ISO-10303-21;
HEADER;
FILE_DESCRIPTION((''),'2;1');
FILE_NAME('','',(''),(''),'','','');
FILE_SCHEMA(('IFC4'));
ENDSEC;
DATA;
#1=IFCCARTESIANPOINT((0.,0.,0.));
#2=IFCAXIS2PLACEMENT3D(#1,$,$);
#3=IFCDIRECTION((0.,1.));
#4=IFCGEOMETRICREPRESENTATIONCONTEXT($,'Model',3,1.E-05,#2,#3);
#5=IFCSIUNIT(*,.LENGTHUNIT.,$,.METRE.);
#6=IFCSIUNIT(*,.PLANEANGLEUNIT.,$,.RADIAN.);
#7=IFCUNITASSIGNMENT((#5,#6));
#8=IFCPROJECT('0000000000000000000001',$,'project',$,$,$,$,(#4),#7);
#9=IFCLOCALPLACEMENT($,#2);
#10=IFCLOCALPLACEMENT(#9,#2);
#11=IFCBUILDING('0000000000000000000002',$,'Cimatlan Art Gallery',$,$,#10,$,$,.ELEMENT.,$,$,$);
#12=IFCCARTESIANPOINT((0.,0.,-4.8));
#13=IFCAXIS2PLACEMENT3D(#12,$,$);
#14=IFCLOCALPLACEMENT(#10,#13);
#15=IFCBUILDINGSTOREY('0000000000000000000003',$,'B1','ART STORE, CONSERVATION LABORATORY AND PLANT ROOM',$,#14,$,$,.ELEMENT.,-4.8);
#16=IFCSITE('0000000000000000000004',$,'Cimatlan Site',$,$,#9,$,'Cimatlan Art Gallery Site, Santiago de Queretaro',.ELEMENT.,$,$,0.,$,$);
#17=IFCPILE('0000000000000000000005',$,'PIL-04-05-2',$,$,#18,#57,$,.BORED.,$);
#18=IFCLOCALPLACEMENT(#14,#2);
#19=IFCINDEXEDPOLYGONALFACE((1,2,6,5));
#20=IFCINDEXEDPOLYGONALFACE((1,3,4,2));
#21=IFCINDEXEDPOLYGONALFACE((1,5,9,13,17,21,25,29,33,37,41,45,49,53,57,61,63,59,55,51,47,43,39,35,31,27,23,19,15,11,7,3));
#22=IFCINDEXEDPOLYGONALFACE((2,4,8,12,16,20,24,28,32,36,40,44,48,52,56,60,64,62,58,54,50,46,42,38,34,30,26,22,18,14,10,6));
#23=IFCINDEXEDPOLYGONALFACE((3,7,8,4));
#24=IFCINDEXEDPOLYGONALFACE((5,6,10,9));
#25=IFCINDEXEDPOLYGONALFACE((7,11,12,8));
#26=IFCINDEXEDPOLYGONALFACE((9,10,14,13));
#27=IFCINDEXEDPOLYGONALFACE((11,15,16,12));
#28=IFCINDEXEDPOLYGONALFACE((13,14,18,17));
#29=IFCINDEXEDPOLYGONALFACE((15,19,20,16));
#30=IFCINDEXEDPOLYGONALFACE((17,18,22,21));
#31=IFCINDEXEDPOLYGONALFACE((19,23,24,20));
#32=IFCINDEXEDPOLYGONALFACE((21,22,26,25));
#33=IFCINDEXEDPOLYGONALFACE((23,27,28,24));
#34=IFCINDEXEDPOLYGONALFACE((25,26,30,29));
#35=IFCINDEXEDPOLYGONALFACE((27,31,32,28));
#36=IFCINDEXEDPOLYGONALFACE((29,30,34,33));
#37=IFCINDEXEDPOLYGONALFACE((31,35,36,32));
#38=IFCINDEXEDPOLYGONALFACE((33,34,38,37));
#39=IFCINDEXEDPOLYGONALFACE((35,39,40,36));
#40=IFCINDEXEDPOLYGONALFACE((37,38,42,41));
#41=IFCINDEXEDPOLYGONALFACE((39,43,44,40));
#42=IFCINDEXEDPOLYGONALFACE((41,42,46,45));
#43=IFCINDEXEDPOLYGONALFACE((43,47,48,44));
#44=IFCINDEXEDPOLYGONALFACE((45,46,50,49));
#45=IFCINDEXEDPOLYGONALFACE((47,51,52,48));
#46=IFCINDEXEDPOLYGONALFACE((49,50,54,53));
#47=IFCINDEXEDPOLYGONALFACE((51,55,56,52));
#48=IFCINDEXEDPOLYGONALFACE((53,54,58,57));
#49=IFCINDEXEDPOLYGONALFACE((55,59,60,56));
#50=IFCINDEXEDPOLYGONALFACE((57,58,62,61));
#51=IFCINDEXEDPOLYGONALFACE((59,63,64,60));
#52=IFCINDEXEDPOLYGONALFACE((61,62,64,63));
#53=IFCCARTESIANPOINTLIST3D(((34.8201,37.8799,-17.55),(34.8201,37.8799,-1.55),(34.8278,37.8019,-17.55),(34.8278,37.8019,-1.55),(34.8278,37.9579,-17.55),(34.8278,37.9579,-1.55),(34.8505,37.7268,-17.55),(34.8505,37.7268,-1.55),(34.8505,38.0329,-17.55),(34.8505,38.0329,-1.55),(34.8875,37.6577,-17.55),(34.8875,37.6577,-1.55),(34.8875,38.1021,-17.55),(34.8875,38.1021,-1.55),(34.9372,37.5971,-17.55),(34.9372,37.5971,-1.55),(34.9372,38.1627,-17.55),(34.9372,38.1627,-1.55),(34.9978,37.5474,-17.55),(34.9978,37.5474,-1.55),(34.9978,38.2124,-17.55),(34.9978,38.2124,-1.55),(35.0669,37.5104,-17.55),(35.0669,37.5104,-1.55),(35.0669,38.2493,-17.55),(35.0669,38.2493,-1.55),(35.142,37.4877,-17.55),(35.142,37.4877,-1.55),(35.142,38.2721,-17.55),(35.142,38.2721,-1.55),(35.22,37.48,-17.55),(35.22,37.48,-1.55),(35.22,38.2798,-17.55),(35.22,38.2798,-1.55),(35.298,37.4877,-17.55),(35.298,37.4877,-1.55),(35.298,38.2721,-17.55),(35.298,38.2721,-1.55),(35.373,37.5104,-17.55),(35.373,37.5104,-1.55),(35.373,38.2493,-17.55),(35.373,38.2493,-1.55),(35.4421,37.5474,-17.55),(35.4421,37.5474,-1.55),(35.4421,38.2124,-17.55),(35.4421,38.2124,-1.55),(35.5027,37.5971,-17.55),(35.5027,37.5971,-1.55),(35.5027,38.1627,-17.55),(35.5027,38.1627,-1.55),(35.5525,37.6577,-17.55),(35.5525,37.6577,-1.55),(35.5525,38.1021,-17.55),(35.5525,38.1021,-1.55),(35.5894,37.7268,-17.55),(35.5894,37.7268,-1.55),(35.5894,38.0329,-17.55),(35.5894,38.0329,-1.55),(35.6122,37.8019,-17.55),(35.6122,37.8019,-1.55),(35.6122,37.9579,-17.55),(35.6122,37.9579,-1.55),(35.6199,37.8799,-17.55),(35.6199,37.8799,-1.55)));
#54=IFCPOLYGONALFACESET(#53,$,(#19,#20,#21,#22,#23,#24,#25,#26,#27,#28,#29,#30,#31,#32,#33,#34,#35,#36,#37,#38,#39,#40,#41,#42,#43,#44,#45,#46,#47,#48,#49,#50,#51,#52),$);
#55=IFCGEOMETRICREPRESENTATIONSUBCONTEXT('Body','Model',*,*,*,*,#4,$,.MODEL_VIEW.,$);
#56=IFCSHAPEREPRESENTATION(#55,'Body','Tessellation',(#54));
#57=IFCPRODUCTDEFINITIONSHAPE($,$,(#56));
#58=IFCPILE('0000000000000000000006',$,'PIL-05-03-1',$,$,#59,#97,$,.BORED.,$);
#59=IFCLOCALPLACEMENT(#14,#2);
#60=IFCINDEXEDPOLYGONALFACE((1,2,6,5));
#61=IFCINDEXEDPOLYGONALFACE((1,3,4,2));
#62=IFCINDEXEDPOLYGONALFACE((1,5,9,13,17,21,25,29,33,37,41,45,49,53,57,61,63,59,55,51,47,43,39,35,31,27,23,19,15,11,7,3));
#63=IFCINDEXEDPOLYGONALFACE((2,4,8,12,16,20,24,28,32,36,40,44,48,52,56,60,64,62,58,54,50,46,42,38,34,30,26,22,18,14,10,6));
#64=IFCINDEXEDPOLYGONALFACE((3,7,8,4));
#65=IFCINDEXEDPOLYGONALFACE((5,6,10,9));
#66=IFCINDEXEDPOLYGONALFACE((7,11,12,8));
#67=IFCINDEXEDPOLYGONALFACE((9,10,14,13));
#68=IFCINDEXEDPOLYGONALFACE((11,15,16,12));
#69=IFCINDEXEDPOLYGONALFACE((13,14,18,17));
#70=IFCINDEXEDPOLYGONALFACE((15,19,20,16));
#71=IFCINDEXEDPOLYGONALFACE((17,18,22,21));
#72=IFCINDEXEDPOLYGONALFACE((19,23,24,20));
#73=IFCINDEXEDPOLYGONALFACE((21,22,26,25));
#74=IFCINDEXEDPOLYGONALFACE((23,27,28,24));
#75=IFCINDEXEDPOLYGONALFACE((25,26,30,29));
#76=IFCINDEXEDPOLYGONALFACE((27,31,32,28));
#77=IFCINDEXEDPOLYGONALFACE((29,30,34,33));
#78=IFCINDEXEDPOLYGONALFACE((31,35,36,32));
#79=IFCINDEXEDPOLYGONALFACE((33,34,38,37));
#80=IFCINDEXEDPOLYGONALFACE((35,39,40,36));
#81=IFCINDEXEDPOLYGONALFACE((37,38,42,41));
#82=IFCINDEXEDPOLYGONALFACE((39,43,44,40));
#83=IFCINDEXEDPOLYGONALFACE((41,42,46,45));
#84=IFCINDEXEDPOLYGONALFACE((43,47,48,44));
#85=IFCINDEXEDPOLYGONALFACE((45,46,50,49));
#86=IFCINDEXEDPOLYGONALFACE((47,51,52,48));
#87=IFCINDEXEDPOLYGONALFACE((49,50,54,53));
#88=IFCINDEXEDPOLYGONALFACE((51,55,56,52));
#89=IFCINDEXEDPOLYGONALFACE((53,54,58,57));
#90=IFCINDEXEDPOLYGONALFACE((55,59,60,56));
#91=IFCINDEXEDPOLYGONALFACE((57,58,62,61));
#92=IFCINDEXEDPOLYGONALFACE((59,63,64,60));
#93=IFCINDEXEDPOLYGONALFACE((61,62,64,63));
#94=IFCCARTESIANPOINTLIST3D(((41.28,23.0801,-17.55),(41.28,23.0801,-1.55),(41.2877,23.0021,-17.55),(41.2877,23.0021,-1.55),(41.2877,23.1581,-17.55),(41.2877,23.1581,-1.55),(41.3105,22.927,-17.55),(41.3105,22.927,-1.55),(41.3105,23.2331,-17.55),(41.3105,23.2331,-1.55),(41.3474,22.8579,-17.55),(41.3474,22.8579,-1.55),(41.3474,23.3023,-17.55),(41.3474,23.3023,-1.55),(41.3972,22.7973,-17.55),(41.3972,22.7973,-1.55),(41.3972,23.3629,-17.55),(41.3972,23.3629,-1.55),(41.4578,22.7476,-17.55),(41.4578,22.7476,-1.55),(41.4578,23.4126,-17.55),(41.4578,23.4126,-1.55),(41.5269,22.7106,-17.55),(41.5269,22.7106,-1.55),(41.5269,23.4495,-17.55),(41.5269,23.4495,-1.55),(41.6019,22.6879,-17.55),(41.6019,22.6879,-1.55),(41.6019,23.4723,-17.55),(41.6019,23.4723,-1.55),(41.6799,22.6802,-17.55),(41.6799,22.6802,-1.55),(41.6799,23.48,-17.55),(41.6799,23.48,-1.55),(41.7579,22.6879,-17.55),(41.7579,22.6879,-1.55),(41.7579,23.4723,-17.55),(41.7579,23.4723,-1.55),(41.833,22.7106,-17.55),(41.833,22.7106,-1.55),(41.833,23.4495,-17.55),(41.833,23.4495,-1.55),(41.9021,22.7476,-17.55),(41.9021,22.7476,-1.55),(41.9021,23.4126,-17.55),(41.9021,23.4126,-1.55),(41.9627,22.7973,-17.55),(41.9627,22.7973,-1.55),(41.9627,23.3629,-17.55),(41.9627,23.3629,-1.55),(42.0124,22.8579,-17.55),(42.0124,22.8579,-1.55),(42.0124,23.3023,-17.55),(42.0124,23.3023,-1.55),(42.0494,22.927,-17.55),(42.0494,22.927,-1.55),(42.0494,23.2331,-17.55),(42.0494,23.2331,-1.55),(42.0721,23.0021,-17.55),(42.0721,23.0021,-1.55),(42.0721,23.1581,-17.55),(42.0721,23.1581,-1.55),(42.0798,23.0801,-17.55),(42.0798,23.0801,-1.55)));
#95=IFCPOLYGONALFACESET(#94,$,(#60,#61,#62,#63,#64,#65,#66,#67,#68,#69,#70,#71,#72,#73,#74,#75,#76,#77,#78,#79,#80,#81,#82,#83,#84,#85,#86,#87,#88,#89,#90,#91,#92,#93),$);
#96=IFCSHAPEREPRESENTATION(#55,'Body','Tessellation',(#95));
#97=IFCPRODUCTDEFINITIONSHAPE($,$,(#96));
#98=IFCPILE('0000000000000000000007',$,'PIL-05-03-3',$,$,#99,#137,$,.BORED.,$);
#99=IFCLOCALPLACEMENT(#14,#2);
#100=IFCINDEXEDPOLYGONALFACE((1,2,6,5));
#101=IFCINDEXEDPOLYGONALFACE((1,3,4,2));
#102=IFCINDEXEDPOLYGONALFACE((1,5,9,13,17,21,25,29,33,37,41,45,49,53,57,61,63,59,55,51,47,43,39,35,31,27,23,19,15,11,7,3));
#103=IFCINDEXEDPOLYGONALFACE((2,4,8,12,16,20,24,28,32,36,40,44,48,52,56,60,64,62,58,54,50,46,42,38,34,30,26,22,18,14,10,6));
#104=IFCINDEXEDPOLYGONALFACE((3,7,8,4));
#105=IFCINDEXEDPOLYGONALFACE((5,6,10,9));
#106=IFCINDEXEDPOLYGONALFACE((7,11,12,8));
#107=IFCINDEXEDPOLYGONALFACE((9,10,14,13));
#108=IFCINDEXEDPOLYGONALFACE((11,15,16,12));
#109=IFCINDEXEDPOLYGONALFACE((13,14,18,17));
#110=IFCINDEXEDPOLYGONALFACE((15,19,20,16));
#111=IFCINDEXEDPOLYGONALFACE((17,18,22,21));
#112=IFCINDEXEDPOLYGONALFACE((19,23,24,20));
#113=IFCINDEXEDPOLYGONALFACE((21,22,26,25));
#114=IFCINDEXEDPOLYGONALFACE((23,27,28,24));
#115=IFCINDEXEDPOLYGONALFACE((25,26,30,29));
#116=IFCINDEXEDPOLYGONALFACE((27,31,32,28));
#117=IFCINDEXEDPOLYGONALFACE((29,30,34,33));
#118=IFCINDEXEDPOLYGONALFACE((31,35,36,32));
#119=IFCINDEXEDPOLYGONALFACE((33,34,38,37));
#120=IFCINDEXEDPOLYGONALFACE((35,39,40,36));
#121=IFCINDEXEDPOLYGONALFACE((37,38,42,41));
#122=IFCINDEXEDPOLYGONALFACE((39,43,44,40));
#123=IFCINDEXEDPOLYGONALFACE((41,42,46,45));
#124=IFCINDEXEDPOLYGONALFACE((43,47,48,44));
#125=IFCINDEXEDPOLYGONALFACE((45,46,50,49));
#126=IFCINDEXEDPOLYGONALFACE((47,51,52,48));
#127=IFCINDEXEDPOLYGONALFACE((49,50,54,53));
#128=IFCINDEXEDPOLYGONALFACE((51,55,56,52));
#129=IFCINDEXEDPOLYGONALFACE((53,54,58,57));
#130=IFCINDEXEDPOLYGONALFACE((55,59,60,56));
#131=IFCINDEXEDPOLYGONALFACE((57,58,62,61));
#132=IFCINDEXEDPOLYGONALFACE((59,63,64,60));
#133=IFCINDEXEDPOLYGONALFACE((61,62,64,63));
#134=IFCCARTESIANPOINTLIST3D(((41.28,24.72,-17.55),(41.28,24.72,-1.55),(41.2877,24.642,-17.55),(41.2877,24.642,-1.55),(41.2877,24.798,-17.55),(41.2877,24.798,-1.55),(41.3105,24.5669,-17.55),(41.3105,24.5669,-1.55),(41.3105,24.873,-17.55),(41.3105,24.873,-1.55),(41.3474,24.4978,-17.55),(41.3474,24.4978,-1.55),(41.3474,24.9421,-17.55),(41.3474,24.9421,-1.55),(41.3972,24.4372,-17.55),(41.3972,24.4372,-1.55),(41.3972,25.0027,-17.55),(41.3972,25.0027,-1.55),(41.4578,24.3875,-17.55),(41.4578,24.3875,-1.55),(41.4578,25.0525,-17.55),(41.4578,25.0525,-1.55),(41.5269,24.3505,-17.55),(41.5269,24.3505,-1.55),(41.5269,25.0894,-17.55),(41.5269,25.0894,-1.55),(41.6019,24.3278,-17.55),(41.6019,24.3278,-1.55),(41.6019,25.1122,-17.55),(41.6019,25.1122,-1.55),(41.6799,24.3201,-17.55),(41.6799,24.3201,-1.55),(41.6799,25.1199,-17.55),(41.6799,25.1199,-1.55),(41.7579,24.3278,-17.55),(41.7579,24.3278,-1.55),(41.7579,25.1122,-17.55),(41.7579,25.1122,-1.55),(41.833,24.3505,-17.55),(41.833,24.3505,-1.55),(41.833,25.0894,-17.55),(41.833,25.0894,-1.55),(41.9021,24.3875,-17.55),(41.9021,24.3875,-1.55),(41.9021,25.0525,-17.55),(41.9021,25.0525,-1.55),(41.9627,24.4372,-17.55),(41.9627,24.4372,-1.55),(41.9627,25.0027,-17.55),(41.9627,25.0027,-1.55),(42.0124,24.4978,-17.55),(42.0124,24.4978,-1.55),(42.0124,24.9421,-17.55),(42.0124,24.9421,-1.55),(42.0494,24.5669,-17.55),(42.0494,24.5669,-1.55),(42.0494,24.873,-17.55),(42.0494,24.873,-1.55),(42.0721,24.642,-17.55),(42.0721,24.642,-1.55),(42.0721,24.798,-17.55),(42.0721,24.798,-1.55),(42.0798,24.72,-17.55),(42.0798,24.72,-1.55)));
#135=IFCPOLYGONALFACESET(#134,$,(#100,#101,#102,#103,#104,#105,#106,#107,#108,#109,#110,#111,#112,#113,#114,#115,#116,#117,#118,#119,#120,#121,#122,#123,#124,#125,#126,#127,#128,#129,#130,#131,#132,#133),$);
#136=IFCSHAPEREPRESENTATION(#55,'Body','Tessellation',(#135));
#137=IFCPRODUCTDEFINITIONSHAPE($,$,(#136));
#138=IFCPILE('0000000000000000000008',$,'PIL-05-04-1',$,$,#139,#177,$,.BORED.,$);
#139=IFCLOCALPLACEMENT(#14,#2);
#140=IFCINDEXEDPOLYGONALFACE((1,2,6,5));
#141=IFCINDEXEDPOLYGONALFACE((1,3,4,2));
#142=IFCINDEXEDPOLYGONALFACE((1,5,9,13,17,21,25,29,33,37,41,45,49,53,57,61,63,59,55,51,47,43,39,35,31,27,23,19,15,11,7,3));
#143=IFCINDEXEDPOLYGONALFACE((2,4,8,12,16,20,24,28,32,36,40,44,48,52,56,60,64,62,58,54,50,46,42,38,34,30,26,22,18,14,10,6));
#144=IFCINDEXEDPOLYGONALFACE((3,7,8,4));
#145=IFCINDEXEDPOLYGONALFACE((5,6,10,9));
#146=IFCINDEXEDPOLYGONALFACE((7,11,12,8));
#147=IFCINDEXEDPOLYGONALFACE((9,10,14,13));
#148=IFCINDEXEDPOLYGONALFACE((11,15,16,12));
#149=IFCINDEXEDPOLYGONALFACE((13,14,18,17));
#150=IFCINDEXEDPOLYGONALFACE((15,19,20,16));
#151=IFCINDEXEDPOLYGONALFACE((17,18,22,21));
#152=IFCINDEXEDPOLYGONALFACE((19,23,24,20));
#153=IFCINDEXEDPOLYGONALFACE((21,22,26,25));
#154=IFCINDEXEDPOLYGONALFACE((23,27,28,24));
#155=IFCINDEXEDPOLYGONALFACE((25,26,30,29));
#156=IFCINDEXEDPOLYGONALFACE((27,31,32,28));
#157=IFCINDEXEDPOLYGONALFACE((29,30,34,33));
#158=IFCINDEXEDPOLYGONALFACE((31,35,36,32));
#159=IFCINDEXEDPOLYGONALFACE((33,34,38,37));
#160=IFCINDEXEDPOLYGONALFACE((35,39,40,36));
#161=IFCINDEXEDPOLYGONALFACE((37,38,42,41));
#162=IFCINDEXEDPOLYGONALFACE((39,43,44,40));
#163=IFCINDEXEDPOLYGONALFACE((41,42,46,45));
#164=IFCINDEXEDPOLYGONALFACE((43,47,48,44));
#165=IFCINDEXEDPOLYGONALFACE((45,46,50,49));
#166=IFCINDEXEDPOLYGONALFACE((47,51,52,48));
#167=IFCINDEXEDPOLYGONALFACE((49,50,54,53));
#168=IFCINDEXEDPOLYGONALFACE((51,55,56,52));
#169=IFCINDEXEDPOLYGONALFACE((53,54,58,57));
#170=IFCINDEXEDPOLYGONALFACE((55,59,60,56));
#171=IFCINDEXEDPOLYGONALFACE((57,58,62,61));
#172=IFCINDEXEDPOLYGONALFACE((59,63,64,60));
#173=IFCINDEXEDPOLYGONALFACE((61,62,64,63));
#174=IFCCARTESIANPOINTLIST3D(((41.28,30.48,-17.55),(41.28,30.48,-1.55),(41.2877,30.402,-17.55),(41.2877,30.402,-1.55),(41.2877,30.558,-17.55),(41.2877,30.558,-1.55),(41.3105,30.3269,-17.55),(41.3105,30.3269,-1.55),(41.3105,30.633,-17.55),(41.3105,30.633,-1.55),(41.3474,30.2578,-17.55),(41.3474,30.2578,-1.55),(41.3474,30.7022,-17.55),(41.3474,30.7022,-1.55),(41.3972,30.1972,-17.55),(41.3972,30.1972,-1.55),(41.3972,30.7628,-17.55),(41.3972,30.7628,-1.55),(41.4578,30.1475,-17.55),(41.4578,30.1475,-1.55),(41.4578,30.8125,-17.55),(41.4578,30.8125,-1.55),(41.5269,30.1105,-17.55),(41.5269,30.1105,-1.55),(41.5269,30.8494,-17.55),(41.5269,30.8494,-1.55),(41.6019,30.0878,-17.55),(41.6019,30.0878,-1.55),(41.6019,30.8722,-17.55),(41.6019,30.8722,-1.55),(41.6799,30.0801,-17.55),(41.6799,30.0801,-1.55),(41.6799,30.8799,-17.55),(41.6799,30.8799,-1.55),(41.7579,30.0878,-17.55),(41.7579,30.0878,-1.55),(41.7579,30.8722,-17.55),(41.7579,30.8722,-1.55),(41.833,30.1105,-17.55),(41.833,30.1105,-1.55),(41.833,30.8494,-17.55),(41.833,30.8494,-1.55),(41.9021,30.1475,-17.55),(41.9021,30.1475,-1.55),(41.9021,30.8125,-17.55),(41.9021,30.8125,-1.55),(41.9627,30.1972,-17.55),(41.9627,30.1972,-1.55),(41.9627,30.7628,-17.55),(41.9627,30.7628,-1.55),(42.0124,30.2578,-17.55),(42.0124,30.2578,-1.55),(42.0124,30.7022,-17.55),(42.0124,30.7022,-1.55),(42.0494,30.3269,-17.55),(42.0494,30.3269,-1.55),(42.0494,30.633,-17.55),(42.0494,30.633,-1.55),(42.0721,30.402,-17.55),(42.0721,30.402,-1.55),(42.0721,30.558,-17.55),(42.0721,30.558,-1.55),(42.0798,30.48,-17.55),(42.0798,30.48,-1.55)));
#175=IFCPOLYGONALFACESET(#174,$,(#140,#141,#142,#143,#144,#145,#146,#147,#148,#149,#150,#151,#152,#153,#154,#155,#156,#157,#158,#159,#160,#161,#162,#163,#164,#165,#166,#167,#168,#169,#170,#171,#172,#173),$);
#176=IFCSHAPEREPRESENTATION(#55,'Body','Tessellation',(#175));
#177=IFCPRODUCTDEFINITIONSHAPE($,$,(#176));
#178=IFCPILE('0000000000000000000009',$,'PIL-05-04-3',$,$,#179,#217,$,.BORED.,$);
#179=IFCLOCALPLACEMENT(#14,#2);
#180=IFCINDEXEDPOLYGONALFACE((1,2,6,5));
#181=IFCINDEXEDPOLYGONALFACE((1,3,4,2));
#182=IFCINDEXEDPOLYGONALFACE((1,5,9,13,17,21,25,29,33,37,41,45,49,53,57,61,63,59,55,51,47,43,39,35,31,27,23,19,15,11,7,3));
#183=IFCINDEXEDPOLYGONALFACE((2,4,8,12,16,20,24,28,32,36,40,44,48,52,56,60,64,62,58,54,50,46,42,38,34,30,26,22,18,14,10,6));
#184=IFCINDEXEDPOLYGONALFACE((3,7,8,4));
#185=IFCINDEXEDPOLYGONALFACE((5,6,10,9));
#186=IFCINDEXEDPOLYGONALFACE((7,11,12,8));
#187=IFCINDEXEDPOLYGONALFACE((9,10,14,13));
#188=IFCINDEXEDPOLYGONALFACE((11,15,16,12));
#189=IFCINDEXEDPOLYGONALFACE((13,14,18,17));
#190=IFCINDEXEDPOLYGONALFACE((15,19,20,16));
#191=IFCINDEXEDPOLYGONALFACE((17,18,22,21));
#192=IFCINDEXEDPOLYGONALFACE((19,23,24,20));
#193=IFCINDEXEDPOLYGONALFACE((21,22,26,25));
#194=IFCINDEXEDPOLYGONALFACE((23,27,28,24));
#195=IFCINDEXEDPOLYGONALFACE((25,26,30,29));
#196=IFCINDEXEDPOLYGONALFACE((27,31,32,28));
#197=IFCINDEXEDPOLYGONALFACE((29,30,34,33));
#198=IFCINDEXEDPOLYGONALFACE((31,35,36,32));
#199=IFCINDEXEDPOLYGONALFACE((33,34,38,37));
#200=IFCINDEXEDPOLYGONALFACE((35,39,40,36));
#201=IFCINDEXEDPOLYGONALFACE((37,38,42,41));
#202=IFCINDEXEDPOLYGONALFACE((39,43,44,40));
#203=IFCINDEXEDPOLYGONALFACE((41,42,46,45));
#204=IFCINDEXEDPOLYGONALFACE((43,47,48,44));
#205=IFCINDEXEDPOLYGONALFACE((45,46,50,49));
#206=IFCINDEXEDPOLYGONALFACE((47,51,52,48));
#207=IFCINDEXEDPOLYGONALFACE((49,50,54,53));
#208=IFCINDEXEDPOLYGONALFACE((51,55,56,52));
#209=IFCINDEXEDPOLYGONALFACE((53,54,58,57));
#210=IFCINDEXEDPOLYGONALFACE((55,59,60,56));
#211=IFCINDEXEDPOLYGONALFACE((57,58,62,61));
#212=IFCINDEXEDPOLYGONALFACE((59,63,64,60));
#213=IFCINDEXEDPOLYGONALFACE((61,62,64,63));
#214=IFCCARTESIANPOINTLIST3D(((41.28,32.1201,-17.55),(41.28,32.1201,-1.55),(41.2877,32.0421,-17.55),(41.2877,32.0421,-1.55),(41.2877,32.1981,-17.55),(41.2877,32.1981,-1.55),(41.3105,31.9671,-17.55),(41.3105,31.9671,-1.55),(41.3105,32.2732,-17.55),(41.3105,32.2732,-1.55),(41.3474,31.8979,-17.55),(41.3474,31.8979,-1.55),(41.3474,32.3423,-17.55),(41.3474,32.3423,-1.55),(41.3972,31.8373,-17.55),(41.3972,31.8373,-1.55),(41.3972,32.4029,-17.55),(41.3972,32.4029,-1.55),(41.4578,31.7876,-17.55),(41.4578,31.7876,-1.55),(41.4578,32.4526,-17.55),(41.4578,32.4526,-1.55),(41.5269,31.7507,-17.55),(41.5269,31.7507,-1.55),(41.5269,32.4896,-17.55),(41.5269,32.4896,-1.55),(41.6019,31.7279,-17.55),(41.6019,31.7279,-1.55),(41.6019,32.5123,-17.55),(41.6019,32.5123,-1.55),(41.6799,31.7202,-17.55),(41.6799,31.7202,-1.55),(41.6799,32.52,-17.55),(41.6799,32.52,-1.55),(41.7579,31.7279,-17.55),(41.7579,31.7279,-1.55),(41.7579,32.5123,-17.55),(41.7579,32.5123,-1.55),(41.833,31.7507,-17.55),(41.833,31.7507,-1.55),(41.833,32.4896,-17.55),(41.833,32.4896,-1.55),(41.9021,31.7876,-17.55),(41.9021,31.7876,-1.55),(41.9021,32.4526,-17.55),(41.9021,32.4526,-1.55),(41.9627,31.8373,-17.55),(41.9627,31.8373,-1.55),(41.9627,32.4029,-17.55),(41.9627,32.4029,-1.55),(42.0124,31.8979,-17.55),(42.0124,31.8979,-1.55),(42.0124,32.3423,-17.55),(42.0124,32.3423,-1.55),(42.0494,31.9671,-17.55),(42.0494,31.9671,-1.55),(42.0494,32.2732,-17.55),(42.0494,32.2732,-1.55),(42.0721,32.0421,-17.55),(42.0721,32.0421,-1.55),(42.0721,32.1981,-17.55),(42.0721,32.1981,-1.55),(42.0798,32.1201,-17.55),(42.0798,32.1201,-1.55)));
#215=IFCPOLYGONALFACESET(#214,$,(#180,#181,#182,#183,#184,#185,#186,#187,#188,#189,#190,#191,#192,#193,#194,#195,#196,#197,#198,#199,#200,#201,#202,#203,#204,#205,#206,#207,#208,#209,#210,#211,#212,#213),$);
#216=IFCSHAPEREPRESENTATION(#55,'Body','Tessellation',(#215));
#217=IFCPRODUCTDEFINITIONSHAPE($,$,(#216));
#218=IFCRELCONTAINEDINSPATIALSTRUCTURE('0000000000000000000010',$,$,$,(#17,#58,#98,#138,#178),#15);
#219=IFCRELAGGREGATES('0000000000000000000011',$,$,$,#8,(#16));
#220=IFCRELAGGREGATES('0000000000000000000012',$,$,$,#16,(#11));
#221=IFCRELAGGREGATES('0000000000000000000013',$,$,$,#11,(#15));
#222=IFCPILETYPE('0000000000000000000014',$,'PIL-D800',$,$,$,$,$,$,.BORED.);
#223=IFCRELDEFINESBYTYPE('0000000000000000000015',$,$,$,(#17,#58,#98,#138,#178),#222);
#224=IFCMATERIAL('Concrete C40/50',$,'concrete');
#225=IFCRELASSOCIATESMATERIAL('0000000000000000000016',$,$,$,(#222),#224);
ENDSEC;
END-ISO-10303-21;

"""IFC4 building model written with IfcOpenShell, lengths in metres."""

from ifc_helpers import new_model, si_unit, direction, frame, origin, origin_2d, place, context, subcontext, project, spatial, circle, extrude, material, type_object, element, save


model = new_model("IFC4")

# Units and contexts
model_context = context("Model", 3, precision=1e-05, world=origin(), true_north=direction((0.0, 1.0)))
body_context = subcontext(model_context, "Body", "Model", "MODEL_VIEW")
ifc_project = project(units=[si_unit("LENGTHUNIT", "METRE"), si_unit("PLANEANGLEUNIT", "RADIAN")], contexts=[model_context])

# Site, building, storey
site_placement = place(None, origin())
site = spatial("IfcSite", under=ifc_project, at=site_placement, Name="Cimatlan Site", LongName="Cimatlan Art Gallery Site, Santiago de Queretaro", CompositionType="ELEMENT", RefElevation=0.0)
building_placement = place(site_placement, origin())
building = spatial("IfcBuilding", under=site, at=building_placement, Name="Cimatlan Art Gallery", CompositionType="ELEMENT")
storey_placement = place(building_placement, frame((0.0, 0.0, -4.8)))
storey = spatial("IfcBuildingStorey", under=building, at=storey_placement, Name="B1", Description="ART STORE, CONSERVATION LABORATORY AND PLANT ROOM", CompositionType="ELEMENT", Elevation=-4.8)

# Shared definitions
ifc_material_1 = material(Name="Concrete C40/50", Category="concrete")

# Piles
pile_type = type_object("IfcPileType", Name="PIL-D800", PredefinedType="BORED", material=ifc_material_1)
for number, where, z_axis, x_axis, name in (
    (1, (35.22, 37.8799, -1.55), (0.0, 0.0, -1.0), (1.0, 0.0, 0.0), "PIL-04-05-2"),
    (2, (41.6799, 23.0801, -1.55), (0.0, 0.0, -1.0), (1.0, 0.0, 0.0), "PIL-05-03-1"),
    (3, (41.6799, 24.72, -1.55), (0.0, 0.0, -1.0), (1.0, 0.0, 0.0), "PIL-05-03-3"),
    (4, (41.6799, 30.48, -1.55), (0.0, 0.0, -1.0), (1.0, 0.0, 0.0), "PIL-05-04-1"),
    (5, (41.6799, 32.1201, -1.55), (0.0, 0.0, -1.0), (1.0, 0.0, 0.0), "PIL-05-04-3"),
):
    element("IfcPile", number, at=place(storey_placement, frame(where, z_axis=z_axis, x_axis=x_axis)), inside=storey, type_object=pile_type, Name=name, PredefinedType="BORED", context=body_context, shape_type="SweptSolid", body=[
        extrude(circle(Radius=0.3999, at=origin_2d()), origin(), (0.0, 0.0, 1.0), 16.0),
    ])

save(model, "model.ifc")
